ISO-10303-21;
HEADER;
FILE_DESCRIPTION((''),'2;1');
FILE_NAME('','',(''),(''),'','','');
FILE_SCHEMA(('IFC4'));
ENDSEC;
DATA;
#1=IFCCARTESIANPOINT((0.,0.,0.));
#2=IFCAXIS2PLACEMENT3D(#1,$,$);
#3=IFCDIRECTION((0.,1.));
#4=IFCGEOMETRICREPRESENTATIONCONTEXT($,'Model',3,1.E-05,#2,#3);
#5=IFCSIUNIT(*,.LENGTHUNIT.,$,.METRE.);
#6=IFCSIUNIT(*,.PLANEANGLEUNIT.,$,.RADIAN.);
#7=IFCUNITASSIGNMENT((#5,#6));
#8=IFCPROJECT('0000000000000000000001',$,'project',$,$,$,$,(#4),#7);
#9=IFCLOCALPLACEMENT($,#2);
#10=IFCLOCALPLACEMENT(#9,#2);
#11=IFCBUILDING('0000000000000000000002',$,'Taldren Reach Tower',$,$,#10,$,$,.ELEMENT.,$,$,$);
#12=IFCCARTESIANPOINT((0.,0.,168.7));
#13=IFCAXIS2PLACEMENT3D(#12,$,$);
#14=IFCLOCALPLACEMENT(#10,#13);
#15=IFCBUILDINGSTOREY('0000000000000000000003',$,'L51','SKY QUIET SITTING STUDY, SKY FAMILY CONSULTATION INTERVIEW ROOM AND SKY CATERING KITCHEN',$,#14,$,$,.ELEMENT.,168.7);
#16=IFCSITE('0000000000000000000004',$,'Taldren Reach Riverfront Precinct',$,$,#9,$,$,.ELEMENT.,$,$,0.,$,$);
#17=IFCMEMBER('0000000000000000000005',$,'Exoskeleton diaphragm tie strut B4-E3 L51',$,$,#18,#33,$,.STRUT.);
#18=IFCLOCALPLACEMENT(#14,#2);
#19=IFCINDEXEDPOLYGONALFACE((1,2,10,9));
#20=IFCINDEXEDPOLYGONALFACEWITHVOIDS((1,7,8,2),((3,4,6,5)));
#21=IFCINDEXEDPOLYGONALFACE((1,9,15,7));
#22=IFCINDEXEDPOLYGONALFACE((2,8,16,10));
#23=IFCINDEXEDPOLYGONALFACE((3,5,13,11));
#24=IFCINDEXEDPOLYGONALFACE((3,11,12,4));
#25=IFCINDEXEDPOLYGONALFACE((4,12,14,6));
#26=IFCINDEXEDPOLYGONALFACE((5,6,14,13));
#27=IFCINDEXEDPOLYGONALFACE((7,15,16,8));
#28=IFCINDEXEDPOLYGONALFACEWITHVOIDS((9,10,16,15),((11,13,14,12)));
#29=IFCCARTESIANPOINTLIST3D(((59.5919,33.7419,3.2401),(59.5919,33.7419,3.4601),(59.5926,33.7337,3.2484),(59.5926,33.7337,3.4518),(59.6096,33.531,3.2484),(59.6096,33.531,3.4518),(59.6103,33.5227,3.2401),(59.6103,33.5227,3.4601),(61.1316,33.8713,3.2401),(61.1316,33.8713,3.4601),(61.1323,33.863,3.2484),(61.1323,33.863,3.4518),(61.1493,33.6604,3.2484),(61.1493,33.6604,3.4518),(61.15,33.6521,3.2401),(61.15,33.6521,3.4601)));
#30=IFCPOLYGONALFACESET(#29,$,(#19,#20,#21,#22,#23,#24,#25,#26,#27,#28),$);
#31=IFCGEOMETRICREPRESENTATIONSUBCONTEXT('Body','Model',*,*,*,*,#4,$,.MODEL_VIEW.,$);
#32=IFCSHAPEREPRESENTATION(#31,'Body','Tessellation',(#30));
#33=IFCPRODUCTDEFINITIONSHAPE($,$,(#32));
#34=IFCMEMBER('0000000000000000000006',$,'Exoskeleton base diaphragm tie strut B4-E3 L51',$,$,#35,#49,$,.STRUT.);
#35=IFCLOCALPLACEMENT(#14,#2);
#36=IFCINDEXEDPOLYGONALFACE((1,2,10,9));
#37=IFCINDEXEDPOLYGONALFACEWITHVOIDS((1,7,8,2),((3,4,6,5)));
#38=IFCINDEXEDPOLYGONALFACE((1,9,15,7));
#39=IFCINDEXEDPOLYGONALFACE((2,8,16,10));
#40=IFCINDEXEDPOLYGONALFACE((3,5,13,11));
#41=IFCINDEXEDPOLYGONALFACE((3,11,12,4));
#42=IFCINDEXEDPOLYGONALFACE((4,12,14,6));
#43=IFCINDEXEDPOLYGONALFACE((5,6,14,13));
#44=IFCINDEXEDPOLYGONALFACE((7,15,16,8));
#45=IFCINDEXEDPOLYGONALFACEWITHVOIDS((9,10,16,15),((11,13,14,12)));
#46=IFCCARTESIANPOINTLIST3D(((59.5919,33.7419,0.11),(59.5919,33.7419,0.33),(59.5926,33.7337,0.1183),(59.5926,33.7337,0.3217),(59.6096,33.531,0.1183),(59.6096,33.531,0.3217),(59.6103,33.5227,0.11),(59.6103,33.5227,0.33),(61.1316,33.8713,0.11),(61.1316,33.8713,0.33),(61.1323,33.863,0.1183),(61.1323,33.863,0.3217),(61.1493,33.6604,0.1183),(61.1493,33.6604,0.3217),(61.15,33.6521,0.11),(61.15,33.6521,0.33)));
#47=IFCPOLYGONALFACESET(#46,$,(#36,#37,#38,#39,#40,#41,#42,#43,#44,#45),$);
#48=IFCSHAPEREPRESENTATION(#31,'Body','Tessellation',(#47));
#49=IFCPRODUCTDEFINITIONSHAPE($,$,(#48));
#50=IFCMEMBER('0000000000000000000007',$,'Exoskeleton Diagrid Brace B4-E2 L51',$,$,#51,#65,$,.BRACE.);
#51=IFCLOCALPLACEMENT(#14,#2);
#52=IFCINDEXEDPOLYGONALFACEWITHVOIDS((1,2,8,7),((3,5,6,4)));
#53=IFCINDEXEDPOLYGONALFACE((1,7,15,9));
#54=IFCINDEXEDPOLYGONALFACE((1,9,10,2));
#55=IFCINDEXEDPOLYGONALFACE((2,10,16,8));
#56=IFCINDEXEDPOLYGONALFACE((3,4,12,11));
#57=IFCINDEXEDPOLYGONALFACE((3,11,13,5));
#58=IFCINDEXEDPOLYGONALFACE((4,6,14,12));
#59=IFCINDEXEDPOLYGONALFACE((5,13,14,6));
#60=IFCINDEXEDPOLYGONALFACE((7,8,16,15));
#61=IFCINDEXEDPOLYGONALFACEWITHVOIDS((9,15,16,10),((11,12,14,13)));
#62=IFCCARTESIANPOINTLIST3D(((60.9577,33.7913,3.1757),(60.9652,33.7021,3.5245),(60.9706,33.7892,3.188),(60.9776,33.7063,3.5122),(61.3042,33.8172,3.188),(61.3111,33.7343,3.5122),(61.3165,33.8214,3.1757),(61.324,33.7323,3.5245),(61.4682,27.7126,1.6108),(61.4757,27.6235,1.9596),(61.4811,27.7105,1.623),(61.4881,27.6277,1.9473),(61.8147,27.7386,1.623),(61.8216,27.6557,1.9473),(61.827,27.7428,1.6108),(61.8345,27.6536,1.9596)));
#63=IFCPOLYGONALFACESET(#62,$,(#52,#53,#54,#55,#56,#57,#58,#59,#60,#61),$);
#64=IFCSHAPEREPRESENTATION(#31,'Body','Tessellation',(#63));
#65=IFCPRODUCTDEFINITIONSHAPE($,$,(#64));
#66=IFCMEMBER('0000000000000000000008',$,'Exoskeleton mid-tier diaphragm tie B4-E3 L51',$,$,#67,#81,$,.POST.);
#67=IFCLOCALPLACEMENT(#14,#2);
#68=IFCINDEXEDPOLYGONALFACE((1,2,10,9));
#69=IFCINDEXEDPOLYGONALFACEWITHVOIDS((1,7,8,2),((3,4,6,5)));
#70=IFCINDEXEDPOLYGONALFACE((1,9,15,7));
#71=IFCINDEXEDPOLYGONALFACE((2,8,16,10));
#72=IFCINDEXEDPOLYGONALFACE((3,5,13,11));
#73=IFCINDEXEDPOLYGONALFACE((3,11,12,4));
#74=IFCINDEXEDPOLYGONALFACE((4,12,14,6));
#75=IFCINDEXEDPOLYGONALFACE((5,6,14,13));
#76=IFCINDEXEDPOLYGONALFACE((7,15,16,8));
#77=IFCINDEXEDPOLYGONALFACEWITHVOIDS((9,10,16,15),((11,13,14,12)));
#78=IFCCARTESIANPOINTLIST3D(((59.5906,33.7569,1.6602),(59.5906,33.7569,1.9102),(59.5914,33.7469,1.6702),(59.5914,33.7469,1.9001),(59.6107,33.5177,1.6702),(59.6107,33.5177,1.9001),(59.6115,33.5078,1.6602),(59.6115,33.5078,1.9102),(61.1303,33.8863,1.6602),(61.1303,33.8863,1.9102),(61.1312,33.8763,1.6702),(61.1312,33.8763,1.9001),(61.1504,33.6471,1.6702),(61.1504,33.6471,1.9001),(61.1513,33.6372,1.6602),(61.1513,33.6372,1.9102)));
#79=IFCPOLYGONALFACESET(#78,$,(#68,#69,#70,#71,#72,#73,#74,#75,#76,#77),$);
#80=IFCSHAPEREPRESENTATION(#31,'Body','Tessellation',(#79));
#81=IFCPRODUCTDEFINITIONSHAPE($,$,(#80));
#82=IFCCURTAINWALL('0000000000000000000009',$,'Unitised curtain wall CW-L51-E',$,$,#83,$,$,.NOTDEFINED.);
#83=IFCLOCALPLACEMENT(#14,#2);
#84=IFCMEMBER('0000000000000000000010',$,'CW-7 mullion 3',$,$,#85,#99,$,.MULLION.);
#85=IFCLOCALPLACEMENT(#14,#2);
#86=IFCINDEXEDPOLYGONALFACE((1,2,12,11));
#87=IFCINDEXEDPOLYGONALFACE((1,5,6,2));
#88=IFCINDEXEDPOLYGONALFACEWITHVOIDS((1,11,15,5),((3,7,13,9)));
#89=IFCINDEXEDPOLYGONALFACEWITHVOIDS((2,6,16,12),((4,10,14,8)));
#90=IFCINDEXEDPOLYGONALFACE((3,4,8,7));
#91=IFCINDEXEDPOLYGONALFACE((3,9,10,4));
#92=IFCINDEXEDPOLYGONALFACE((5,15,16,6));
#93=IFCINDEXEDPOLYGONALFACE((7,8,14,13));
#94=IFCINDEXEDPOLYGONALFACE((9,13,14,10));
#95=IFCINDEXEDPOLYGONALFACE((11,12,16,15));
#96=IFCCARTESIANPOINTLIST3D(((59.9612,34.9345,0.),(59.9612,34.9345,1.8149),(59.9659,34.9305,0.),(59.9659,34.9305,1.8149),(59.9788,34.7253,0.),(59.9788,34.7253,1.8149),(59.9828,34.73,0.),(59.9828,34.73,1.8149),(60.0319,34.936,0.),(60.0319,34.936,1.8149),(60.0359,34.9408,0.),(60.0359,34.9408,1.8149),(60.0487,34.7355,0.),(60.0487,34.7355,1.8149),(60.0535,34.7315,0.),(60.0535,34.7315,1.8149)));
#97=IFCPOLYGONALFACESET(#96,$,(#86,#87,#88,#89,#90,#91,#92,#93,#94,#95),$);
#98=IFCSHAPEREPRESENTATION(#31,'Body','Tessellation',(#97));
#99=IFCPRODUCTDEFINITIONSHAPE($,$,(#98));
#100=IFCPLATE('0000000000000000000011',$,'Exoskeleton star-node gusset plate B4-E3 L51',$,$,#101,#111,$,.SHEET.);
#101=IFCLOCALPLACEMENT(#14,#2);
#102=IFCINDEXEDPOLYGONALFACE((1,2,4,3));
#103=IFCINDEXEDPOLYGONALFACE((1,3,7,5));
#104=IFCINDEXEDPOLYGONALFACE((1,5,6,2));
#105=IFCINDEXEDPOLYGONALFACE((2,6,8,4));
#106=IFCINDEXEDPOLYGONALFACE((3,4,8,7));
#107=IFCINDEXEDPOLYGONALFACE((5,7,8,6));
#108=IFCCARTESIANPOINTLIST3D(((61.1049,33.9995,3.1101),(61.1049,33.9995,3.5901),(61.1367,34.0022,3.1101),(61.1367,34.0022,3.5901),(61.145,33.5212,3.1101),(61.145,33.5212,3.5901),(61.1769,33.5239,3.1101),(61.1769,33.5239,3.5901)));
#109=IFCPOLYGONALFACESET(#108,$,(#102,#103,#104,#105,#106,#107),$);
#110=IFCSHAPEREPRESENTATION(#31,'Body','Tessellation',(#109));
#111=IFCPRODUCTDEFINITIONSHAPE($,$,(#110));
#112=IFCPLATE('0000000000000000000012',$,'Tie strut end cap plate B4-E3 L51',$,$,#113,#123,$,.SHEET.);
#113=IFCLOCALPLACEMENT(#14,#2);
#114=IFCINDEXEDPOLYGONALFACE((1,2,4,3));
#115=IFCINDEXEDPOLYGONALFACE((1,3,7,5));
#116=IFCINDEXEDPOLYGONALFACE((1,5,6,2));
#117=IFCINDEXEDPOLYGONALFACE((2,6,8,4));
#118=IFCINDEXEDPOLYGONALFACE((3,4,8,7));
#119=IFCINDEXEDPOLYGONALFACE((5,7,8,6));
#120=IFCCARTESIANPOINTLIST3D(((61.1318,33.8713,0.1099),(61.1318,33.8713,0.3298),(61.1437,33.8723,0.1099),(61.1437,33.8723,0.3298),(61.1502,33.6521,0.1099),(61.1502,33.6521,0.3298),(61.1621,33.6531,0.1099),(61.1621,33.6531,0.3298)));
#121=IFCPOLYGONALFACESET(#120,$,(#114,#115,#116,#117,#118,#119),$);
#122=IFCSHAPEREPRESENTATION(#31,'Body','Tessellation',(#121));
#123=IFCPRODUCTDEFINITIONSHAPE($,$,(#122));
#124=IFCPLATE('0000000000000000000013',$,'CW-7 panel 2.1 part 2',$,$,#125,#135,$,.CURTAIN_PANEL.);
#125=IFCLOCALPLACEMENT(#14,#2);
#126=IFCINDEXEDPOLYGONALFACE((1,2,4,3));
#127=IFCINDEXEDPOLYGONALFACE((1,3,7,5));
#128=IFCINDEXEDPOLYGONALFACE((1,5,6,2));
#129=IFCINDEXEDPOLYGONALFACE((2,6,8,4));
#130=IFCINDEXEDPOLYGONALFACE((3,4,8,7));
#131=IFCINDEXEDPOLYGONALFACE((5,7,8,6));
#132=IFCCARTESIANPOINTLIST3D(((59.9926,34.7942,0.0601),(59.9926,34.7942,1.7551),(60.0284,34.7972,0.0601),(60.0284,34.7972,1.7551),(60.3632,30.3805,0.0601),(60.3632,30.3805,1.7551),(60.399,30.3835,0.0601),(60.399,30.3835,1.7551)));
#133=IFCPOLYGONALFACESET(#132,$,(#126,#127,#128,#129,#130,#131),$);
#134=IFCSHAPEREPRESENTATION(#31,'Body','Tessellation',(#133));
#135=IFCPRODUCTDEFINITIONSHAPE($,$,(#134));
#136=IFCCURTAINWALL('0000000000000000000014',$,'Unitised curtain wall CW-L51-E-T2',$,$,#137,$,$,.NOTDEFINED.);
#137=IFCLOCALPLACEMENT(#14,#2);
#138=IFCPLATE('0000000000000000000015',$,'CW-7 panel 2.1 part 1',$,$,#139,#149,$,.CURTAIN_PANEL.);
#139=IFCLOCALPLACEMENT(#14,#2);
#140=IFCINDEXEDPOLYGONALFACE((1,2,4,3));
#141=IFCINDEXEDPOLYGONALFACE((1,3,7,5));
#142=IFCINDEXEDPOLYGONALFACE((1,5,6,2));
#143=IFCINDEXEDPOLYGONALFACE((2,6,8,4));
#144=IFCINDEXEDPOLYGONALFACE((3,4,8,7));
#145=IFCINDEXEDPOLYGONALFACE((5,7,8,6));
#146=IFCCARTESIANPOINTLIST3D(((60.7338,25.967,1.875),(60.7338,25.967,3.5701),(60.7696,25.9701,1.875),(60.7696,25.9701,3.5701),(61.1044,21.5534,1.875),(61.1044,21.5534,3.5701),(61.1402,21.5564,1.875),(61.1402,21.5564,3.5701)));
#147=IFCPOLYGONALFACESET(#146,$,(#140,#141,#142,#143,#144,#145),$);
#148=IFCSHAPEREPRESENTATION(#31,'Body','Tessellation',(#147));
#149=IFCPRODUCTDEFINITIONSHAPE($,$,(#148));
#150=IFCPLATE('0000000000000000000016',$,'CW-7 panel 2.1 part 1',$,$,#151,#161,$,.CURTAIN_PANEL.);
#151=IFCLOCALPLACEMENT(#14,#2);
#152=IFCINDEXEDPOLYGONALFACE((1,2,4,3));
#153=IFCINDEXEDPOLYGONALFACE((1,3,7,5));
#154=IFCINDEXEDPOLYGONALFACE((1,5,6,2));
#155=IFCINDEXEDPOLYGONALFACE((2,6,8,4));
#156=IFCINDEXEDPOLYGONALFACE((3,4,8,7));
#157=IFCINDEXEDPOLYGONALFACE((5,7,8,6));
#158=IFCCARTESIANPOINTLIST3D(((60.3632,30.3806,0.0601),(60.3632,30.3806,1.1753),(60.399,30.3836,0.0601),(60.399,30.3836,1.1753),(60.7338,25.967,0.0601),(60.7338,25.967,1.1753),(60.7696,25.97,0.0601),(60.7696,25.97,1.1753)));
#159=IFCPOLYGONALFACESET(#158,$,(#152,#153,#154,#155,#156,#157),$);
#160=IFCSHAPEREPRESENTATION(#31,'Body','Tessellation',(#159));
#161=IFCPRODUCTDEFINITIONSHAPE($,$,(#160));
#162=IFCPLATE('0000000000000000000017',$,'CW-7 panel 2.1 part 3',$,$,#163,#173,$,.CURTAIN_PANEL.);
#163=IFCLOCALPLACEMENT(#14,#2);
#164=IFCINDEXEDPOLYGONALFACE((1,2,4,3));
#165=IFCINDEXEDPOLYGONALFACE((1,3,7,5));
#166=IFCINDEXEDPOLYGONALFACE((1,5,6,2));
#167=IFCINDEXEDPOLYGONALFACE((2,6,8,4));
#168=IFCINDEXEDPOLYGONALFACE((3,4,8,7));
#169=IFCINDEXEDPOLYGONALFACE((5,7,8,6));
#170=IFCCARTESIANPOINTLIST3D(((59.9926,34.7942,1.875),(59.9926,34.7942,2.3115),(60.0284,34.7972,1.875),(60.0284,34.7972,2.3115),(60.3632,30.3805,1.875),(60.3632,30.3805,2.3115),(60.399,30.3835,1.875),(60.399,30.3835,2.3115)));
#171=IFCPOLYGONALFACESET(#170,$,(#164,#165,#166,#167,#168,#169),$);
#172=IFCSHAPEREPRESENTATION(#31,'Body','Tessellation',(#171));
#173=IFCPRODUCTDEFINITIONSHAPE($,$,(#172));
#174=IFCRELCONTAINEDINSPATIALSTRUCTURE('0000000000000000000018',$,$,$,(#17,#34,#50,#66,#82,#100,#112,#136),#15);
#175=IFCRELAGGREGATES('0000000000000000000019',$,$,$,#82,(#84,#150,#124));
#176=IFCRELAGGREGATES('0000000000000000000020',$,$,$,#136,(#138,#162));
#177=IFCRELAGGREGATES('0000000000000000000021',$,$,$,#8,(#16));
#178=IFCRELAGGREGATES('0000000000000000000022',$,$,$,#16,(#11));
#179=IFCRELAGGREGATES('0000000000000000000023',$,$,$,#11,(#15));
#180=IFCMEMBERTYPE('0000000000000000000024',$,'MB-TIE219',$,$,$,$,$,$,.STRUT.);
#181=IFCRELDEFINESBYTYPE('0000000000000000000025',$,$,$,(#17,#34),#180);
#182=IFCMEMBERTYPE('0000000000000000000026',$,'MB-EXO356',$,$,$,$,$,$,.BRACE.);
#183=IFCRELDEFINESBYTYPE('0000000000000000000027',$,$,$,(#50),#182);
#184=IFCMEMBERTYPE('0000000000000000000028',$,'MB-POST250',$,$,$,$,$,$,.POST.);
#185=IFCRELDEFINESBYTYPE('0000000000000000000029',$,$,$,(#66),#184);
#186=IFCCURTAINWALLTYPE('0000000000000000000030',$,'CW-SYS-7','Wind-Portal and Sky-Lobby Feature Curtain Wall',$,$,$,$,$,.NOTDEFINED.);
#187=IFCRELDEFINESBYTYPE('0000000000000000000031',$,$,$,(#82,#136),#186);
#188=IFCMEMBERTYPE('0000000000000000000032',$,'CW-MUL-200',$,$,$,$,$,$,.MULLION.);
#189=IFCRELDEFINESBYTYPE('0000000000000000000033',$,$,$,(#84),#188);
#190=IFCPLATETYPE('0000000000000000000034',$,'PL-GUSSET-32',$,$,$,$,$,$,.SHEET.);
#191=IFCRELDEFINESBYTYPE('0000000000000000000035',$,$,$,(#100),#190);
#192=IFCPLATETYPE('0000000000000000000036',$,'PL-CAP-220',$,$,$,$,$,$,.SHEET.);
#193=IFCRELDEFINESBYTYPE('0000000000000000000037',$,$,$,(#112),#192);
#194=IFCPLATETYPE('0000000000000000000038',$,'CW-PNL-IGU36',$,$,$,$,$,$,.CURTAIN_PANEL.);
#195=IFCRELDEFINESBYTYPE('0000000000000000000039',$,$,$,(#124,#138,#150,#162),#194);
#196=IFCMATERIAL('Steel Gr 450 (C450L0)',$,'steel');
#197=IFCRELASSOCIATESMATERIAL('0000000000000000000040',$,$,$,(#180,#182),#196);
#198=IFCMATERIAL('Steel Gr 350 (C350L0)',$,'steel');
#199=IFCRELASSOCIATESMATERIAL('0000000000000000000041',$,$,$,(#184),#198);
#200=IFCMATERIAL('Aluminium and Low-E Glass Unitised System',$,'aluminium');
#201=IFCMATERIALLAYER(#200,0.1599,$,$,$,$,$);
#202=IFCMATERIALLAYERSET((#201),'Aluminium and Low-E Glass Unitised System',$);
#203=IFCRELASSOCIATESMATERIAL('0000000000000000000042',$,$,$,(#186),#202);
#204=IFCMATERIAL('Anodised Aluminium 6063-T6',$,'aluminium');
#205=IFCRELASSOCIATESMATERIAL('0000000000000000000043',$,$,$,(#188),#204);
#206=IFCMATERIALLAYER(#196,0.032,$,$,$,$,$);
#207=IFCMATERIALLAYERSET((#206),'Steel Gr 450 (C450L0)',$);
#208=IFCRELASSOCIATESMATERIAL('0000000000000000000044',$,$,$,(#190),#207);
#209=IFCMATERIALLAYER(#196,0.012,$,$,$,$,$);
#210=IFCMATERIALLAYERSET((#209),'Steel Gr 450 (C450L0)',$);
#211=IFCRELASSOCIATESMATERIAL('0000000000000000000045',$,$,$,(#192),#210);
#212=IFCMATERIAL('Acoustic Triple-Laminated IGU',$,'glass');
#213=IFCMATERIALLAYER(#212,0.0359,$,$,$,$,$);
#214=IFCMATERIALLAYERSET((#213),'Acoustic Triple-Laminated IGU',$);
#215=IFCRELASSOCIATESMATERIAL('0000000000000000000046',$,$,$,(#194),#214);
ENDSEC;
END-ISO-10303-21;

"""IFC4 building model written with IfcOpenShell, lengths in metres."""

from ifc_helpers import new_model, si_unit, direction, frame, origin, origin_2d, place, context, subcontext, project, spatial, rectangle, hollow_rectangle, extrude, source, transform, mapped, material, layer, layer_set, material_profile, profile_set, type_object, element, aggregate, save


model = new_model("IFC4")

# Units and contexts
model_context = context("Model", 3, precision=1e-05, world=origin(), true_north=direction((0.0, 1.0)))
body_context = subcontext(model_context, "Body", "Model", "MODEL_VIEW")
ifc_project = project(units=[si_unit("LENGTHUNIT", "METRE"), si_unit("PLANEANGLEUNIT", "RADIAN")], contexts=[model_context])

# Site, building, storey
site_placement = place(None, origin())
site = spatial("IfcSite", under=ifc_project, at=site_placement, Name="Taldren Reach Riverfront Precinct", CompositionType="ELEMENT", RefElevation=0.0)
building_placement = place(site_placement, origin())
building = spatial("IfcBuilding", under=site, at=building_placement, Name="Taldren Reach Tower", CompositionType="ELEMENT")
storey_placement = place(building_placement, frame((0.0, 0.0, 168.7)))
storey = spatial("IfcBuildingStorey", under=building, at=storey_placement, Name="L51", Description="SKY QUIET SITTING STUDY, SKY FAMILY CONSULTATION INTERVIEW ROOM AND SKY CATERING KITCHEN", CompositionType="ELEMENT", Elevation=168.7)

# Shared definitions
ifc_material_1 = material(Name="Steel Gr 450 (C450L0)", Category="steel")

# Members
ifc_material_profile_1 = material_profile(ifc_material_1, hollow_rectangle(XDim=0.22, YDim=0.22, WallThickness=0.0083, at=origin_2d()), Name="220x220x8.2SHS")
ifc_profile_set_1 = profile_set([ifc_material_profile_1], Name="Steel Gr 450 (C450L0)")
member_type_1 = type_object("IfcMemberType", Name="MB-TIE219", PredefinedType="STRUT", material=ifc_profile_set_1)
shared_shape_1 = source(origin(), body_context, "Body", "SweptSolid", [
    extrude(hollow_rectangle(XDim=0.22, YDim=0.22, WallThickness=0.0083, at=origin_2d()), origin(), (0.0, 0.0, 1.0), 1.5452),
])
for number, where, z_axis, x_axis, name in (
    (1, (59.6011, 33.6323, 3.3501), (0.996488, 0.083738, 0.0), (-0.083738, 0.996488, 0.0), "Exoskeleton diaphragm tie strut B4-E3 L51"),
    (2, (59.6011, 33.6323, 0.22), (0.996488, 0.083738, 0.0), (-0.083738, 0.996488, 0.0), "Exoskeleton base diaphragm tie strut B4-E3 L51"),
):
    element("IfcMember", number, at=place(storey_placement, frame(where, z_axis=z_axis, x_axis=x_axis)), inside=storey, type_object=member_type_1, Name=name, PredefinedType="STRUT", context=body_context, shape_type="MappedRepresentation", body=[
        mapped(shared_shape_1, transform((0.0, 0.0, 0.0), scale=1.0)),
    ])
ifc_material_profile_2 = material_profile(ifc_material_1, hollow_rectangle(XDim=0.3601, YDim=0.3601, WallThickness=0.0127, at=origin_2d()), Name="360x360x12.7SHS")
ifc_profile_set_2 = profile_set([ifc_material_profile_2], Name="Steel Gr 450 (C450L0)")
member_type_2 = type_object("IfcMemberType", Name="MB-EXO356", PredefinedType="BRACE", material=ifc_profile_set_2)
shared_shape_2 = source(origin(), body_context, "Body", "SweptSolid", [
    extrude(hollow_rectangle(XDim=0.3601, YDim=0.3601, WallThickness=0.0127, at=origin_2d()), origin(), (0.0, 0.0, 1.0), 6.2976),
])
member_1_placement = place(storey_placement, frame((61.6514, 27.6831, 1.7852), z_axis=(-0.081063, 0.965234, 0.2485), x_axis=(-0.996492, -0.083688, 0.0)))
element("IfcMember", 3, at=member_1_placement, inside=storey, type_object=member_type_2, Name="Exoskeleton Diagrid Brace B4-E2 L51", PredefinedType="BRACE", context=body_context, shape_type="MappedRepresentation", body=[
    mapped(shared_shape_2, transform((0.0, 0.0, 0.0), scale=1.0)),
])
ifc_material_2 = material(Name="Steel Gr 350 (C350L0)", Category="steel")
ifc_material_profile_3 = material_profile(ifc_material_2, hollow_rectangle(XDim=0.25, YDim=0.25, WallThickness=0.01, at=origin_2d()), Name="250x250x10.0SHS")
ifc_profile_set_3 = profile_set([ifc_material_profile_3], Name="Steel Gr 350 (C350L0)")
member_type_3 = type_object("IfcMemberType", Name="MB-POST250", PredefinedType="POST", material=ifc_profile_set_3)
shared_shape_3 = source(origin(), body_context, "Body", "SweptSolid", [
    extrude(hollow_rectangle(XDim=0.25, YDim=0.25, WallThickness=0.01, at=origin_2d()), origin(), (0.0, 0.0, 1.0), 1.5452),
])
member_2_placement = place(storey_placement, frame((59.6011, 33.6323, 1.7852), z_axis=(0.996488, 0.083738, 0.0), x_axis=(-0.083738, 0.996488, 0.0)))
element("IfcMember", 4, at=member_2_placement, inside=storey, type_object=member_type_3, Name="Exoskeleton mid-tier diaphragm tie B4-E3 L51", PredefinedType="POST", context=body_context, shape_type="MappedRepresentation", body=[
    mapped(shared_shape_3, transform((0.0, 0.0, 0.0), scale=1.0)),
])

# Curtain wall, member
ifc_material_3 = material(Name="Aluminium and Low-E Glass Unitised System", Category="aluminium")
ifc_layer_1 = layer(ifc_material_3, 0.1599)
ifc_layer_set_1 = layer_set([ifc_layer_1], Name="Aluminium and Low-E Glass Unitised System")
curtain_wall_type = type_object("IfcCurtainWallType", Name="CW-SYS-7", Description="Wind-Portal and Sky-Lobby Feature Curtain Wall", PredefinedType="NOTDEFINED", material=ifc_layer_set_1)
curtain_wall_1_placement = place(storey_placement, origin())
curtain_wall_1 = element("IfcCurtainWall", 5, at=curtain_wall_1_placement, inside=storey, type_object=curtain_wall_type, Name="Unitised curtain wall CW-L51-E", PredefinedType="NOTDEFINED")
ifc_material_4 = material(Name="Anodised Aluminium 6063-T6", Category="aluminium")
ifc_material_profile_4 = material_profile(ifc_material_4, hollow_rectangle(XDim=0.075, YDim=0.21, WallThickness=0.0044, at=origin_2d()), Name="ALU-210x75x4.5RHS")
ifc_profile_set_4 = profile_set([ifc_material_profile_4], Name="Anodised Aluminium 6063-T6")
member_type_4 = type_object("IfcMemberType", Name="CW-MUL-200", PredefinedType="MULLION", material=ifc_profile_set_4)
shared_shape_4 = source(origin(), body_context, "Body", "SweptSolid", [
    extrude(hollow_rectangle(XDim=0.075, YDim=0.21, WallThickness=0.0044, at=origin_2d()), origin(), (0.0, 0.0, 1.0), 1.8149),
])
member_3_placement = place(storey_placement, frame((60.0073, 34.833, 0.0), z_axis=(0.0, 0.0, 1.0), x_axis=(-0.996493, -0.083678, 0.0)))
member_3 = element("IfcMember", 6, at=member_3_placement, type_object=member_type_4, Name="CW-7 mullion 3", PredefinedType="MULLION", context=body_context, shape_type="MappedRepresentation", body=[
    mapped(shared_shape_4, transform((0.0, 0.0, 0.0), scale=1.0)),
])

# Plates
ifc_layer_2 = layer(ifc_material_1, 0.032)
ifc_layer_set_2 = layer_set([ifc_layer_2], Name="Steel Gr 450 (C450L0)")
plate_type_1 = type_object("IfcPlateType", Name="PL-GUSSET-32", PredefinedType="SHEET", material=ifc_layer_set_2)
shared_shape_5 = source(origin(), body_context, "Body", "SweptSolid", [
    extrude(rectangle(XDim=0.48, YDim=0.032, at=origin_2d()), origin(), (0.0, 0.0, 1.0), 0.48),
])
plate_1_placement = place(storey_placement, frame((61.1409, 33.7617, 3.1101), z_axis=(0.0, 0.0, 1.0), x_axis=(-0.083678, 0.996493, 0.0)))
element("IfcPlate", 7, at=plate_1_placement, inside=storey, type_object=plate_type_1, Name="Exoskeleton star-node gusset plate B4-E3 L51", PredefinedType="SHEET", context=body_context, shape_type="MappedRepresentation", body=[
    mapped(shared_shape_5, transform((0.0, 0.0, 0.0), scale=1.0)),
])
ifc_layer_3 = layer(ifc_material_1, 0.012)
ifc_layer_set_3 = layer_set([ifc_layer_3], Name="Steel Gr 450 (C450L0)")
plate_type_2 = type_object("IfcPlateType", Name="PL-CAP-220", PredefinedType="SHEET", material=ifc_layer_set_3)
shared_shape_6 = source(origin(), body_context, "Body", "SweptSolid", [
    extrude(rectangle(XDim=0.012, YDim=0.22, at=origin_2d()), origin(), (0.0, 0.0, 1.0), 0.22),
])
plate_2_placement = place(storey_placement, frame((61.147, 33.7622, 0.1099), z_axis=(0.0, 0.0, 1.0), x_axis=(0.996493, 0.083678, 0.0)))
element("IfcPlate", 8, at=plate_2_placement, inside=storey, type_object=plate_type_2, Name="Tie strut end cap plate B4-E3 L51", PredefinedType="SHEET", context=body_context, shape_type="MappedRepresentation", body=[
    mapped(shared_shape_6, transform((0.0, 0.0, 0.0), scale=1.0)),
])

# Plate
ifc_material_5 = material(Name="Acoustic Triple-Laminated IGU", Category="glass")
ifc_layer_4 = layer(ifc_material_5, 0.0359)
ifc_layer_set_4 = layer_set([ifc_layer_4], Name="Acoustic Triple-Laminated IGU")
plate_type_3 = type_object("IfcPlateType", Name="CW-PNL-IGU36", PredefinedType="CURTAIN_PANEL", material=ifc_layer_set_4)
shared_shape_7 = source(origin(), body_context, "Body", "SweptSolid", [
    extrude(rectangle(XDim=4.4292, YDim=0.0359, at=origin_2d()), origin(), (0.0, 0.0, 1.0), 1.6951),
])
plate_3_placement = place(storey_placement, frame((60.1958, 32.5889, 0.0601), z_axis=(0.0, 0.0, 1.0), x_axis=(-0.083678, 0.996493, 0.0)))
plate_3 = element("IfcPlate", 9, at=plate_3_placement, type_object=plate_type_3, Name="CW-7 panel 2.1 part 2", PredefinedType="CURTAIN_PANEL", context=body_context, shape_type="MappedRepresentation", body=[
    mapped(shared_shape_7, transform((0.0, 0.0, 0.0), scale=1.0)),
])

# Curtain wall, plate
curtain_wall_2_placement = place(storey_placement, origin())
curtain_wall_2 = element("IfcCurtainWall", 10, at=curtain_wall_2_placement, inside=storey, type_object=curtain_wall_type, Name="Unitised curtain wall CW-L51-E-T2", PredefinedType="NOTDEFINED")
plate_4_placement = place(storey_placement, frame((60.937, 23.7617, 1.875), z_axis=(0.0, 0.0, 1.0), x_axis=(-0.083678, 0.996493, 0.0)))
plate_4 = element("IfcPlate", 11, at=plate_4_placement, type_object=plate_type_3, Name="CW-7 panel 2.1 part 1", PredefinedType="CURTAIN_PANEL", context=body_context, shape_type="MappedRepresentation", body=[
    mapped(shared_shape_7, transform((0.0, 0.0, 0.0), scale=1.0)),
])

# Plates
shared_shape_8 = source(origin(), body_context, "Body", "SweptSolid", [
    extrude(rectangle(XDim=4.4292, YDim=0.0359, at=origin_2d()), origin(), (0.0, 0.0, 1.0), 1.1152),
])
plate_5_placement = place(storey_placement, frame((60.5664, 28.1753, 0.0601), z_axis=(0.0, 0.0, 1.0), x_axis=(-0.083678, 0.996493, 0.0)))
plate_5 = element("IfcPlate", 12, at=plate_5_placement, type_object=plate_type_3, Name="CW-7 panel 2.1 part 1", PredefinedType="CURTAIN_PANEL", context=body_context, shape_type="MappedRepresentation", body=[
    mapped(shared_shape_8, transform((0.0, 0.0, 0.0), scale=1.0)),
])
aggregate(curtain_wall_1, [member_3, plate_5, plate_3])
shared_shape_9 = source(origin(), body_context, "Body", "SweptSolid", [
    extrude(rectangle(XDim=4.4292, YDim=0.0359, at=origin_2d()), origin(), (0.0, 0.0, 1.0), 0.4365),
])
plate_6_placement = place(storey_placement, frame((60.1958, 32.5889, 1.875), z_axis=(0.0, 0.0, 1.0), x_axis=(-0.083678, 0.996493, 0.0)))
plate_6 = element("IfcPlate", 13, at=plate_6_placement, type_object=plate_type_3, Name="CW-7 panel 2.1 part 3", PredefinedType="CURTAIN_PANEL", context=body_context, shape_type="MappedRepresentation", body=[
    mapped(shared_shape_9, transform((0.0, 0.0, 0.0), scale=1.0)),
])
aggregate(curtain_wall_2, [plate_4, plate_6])

save(model, "model.ifc")
